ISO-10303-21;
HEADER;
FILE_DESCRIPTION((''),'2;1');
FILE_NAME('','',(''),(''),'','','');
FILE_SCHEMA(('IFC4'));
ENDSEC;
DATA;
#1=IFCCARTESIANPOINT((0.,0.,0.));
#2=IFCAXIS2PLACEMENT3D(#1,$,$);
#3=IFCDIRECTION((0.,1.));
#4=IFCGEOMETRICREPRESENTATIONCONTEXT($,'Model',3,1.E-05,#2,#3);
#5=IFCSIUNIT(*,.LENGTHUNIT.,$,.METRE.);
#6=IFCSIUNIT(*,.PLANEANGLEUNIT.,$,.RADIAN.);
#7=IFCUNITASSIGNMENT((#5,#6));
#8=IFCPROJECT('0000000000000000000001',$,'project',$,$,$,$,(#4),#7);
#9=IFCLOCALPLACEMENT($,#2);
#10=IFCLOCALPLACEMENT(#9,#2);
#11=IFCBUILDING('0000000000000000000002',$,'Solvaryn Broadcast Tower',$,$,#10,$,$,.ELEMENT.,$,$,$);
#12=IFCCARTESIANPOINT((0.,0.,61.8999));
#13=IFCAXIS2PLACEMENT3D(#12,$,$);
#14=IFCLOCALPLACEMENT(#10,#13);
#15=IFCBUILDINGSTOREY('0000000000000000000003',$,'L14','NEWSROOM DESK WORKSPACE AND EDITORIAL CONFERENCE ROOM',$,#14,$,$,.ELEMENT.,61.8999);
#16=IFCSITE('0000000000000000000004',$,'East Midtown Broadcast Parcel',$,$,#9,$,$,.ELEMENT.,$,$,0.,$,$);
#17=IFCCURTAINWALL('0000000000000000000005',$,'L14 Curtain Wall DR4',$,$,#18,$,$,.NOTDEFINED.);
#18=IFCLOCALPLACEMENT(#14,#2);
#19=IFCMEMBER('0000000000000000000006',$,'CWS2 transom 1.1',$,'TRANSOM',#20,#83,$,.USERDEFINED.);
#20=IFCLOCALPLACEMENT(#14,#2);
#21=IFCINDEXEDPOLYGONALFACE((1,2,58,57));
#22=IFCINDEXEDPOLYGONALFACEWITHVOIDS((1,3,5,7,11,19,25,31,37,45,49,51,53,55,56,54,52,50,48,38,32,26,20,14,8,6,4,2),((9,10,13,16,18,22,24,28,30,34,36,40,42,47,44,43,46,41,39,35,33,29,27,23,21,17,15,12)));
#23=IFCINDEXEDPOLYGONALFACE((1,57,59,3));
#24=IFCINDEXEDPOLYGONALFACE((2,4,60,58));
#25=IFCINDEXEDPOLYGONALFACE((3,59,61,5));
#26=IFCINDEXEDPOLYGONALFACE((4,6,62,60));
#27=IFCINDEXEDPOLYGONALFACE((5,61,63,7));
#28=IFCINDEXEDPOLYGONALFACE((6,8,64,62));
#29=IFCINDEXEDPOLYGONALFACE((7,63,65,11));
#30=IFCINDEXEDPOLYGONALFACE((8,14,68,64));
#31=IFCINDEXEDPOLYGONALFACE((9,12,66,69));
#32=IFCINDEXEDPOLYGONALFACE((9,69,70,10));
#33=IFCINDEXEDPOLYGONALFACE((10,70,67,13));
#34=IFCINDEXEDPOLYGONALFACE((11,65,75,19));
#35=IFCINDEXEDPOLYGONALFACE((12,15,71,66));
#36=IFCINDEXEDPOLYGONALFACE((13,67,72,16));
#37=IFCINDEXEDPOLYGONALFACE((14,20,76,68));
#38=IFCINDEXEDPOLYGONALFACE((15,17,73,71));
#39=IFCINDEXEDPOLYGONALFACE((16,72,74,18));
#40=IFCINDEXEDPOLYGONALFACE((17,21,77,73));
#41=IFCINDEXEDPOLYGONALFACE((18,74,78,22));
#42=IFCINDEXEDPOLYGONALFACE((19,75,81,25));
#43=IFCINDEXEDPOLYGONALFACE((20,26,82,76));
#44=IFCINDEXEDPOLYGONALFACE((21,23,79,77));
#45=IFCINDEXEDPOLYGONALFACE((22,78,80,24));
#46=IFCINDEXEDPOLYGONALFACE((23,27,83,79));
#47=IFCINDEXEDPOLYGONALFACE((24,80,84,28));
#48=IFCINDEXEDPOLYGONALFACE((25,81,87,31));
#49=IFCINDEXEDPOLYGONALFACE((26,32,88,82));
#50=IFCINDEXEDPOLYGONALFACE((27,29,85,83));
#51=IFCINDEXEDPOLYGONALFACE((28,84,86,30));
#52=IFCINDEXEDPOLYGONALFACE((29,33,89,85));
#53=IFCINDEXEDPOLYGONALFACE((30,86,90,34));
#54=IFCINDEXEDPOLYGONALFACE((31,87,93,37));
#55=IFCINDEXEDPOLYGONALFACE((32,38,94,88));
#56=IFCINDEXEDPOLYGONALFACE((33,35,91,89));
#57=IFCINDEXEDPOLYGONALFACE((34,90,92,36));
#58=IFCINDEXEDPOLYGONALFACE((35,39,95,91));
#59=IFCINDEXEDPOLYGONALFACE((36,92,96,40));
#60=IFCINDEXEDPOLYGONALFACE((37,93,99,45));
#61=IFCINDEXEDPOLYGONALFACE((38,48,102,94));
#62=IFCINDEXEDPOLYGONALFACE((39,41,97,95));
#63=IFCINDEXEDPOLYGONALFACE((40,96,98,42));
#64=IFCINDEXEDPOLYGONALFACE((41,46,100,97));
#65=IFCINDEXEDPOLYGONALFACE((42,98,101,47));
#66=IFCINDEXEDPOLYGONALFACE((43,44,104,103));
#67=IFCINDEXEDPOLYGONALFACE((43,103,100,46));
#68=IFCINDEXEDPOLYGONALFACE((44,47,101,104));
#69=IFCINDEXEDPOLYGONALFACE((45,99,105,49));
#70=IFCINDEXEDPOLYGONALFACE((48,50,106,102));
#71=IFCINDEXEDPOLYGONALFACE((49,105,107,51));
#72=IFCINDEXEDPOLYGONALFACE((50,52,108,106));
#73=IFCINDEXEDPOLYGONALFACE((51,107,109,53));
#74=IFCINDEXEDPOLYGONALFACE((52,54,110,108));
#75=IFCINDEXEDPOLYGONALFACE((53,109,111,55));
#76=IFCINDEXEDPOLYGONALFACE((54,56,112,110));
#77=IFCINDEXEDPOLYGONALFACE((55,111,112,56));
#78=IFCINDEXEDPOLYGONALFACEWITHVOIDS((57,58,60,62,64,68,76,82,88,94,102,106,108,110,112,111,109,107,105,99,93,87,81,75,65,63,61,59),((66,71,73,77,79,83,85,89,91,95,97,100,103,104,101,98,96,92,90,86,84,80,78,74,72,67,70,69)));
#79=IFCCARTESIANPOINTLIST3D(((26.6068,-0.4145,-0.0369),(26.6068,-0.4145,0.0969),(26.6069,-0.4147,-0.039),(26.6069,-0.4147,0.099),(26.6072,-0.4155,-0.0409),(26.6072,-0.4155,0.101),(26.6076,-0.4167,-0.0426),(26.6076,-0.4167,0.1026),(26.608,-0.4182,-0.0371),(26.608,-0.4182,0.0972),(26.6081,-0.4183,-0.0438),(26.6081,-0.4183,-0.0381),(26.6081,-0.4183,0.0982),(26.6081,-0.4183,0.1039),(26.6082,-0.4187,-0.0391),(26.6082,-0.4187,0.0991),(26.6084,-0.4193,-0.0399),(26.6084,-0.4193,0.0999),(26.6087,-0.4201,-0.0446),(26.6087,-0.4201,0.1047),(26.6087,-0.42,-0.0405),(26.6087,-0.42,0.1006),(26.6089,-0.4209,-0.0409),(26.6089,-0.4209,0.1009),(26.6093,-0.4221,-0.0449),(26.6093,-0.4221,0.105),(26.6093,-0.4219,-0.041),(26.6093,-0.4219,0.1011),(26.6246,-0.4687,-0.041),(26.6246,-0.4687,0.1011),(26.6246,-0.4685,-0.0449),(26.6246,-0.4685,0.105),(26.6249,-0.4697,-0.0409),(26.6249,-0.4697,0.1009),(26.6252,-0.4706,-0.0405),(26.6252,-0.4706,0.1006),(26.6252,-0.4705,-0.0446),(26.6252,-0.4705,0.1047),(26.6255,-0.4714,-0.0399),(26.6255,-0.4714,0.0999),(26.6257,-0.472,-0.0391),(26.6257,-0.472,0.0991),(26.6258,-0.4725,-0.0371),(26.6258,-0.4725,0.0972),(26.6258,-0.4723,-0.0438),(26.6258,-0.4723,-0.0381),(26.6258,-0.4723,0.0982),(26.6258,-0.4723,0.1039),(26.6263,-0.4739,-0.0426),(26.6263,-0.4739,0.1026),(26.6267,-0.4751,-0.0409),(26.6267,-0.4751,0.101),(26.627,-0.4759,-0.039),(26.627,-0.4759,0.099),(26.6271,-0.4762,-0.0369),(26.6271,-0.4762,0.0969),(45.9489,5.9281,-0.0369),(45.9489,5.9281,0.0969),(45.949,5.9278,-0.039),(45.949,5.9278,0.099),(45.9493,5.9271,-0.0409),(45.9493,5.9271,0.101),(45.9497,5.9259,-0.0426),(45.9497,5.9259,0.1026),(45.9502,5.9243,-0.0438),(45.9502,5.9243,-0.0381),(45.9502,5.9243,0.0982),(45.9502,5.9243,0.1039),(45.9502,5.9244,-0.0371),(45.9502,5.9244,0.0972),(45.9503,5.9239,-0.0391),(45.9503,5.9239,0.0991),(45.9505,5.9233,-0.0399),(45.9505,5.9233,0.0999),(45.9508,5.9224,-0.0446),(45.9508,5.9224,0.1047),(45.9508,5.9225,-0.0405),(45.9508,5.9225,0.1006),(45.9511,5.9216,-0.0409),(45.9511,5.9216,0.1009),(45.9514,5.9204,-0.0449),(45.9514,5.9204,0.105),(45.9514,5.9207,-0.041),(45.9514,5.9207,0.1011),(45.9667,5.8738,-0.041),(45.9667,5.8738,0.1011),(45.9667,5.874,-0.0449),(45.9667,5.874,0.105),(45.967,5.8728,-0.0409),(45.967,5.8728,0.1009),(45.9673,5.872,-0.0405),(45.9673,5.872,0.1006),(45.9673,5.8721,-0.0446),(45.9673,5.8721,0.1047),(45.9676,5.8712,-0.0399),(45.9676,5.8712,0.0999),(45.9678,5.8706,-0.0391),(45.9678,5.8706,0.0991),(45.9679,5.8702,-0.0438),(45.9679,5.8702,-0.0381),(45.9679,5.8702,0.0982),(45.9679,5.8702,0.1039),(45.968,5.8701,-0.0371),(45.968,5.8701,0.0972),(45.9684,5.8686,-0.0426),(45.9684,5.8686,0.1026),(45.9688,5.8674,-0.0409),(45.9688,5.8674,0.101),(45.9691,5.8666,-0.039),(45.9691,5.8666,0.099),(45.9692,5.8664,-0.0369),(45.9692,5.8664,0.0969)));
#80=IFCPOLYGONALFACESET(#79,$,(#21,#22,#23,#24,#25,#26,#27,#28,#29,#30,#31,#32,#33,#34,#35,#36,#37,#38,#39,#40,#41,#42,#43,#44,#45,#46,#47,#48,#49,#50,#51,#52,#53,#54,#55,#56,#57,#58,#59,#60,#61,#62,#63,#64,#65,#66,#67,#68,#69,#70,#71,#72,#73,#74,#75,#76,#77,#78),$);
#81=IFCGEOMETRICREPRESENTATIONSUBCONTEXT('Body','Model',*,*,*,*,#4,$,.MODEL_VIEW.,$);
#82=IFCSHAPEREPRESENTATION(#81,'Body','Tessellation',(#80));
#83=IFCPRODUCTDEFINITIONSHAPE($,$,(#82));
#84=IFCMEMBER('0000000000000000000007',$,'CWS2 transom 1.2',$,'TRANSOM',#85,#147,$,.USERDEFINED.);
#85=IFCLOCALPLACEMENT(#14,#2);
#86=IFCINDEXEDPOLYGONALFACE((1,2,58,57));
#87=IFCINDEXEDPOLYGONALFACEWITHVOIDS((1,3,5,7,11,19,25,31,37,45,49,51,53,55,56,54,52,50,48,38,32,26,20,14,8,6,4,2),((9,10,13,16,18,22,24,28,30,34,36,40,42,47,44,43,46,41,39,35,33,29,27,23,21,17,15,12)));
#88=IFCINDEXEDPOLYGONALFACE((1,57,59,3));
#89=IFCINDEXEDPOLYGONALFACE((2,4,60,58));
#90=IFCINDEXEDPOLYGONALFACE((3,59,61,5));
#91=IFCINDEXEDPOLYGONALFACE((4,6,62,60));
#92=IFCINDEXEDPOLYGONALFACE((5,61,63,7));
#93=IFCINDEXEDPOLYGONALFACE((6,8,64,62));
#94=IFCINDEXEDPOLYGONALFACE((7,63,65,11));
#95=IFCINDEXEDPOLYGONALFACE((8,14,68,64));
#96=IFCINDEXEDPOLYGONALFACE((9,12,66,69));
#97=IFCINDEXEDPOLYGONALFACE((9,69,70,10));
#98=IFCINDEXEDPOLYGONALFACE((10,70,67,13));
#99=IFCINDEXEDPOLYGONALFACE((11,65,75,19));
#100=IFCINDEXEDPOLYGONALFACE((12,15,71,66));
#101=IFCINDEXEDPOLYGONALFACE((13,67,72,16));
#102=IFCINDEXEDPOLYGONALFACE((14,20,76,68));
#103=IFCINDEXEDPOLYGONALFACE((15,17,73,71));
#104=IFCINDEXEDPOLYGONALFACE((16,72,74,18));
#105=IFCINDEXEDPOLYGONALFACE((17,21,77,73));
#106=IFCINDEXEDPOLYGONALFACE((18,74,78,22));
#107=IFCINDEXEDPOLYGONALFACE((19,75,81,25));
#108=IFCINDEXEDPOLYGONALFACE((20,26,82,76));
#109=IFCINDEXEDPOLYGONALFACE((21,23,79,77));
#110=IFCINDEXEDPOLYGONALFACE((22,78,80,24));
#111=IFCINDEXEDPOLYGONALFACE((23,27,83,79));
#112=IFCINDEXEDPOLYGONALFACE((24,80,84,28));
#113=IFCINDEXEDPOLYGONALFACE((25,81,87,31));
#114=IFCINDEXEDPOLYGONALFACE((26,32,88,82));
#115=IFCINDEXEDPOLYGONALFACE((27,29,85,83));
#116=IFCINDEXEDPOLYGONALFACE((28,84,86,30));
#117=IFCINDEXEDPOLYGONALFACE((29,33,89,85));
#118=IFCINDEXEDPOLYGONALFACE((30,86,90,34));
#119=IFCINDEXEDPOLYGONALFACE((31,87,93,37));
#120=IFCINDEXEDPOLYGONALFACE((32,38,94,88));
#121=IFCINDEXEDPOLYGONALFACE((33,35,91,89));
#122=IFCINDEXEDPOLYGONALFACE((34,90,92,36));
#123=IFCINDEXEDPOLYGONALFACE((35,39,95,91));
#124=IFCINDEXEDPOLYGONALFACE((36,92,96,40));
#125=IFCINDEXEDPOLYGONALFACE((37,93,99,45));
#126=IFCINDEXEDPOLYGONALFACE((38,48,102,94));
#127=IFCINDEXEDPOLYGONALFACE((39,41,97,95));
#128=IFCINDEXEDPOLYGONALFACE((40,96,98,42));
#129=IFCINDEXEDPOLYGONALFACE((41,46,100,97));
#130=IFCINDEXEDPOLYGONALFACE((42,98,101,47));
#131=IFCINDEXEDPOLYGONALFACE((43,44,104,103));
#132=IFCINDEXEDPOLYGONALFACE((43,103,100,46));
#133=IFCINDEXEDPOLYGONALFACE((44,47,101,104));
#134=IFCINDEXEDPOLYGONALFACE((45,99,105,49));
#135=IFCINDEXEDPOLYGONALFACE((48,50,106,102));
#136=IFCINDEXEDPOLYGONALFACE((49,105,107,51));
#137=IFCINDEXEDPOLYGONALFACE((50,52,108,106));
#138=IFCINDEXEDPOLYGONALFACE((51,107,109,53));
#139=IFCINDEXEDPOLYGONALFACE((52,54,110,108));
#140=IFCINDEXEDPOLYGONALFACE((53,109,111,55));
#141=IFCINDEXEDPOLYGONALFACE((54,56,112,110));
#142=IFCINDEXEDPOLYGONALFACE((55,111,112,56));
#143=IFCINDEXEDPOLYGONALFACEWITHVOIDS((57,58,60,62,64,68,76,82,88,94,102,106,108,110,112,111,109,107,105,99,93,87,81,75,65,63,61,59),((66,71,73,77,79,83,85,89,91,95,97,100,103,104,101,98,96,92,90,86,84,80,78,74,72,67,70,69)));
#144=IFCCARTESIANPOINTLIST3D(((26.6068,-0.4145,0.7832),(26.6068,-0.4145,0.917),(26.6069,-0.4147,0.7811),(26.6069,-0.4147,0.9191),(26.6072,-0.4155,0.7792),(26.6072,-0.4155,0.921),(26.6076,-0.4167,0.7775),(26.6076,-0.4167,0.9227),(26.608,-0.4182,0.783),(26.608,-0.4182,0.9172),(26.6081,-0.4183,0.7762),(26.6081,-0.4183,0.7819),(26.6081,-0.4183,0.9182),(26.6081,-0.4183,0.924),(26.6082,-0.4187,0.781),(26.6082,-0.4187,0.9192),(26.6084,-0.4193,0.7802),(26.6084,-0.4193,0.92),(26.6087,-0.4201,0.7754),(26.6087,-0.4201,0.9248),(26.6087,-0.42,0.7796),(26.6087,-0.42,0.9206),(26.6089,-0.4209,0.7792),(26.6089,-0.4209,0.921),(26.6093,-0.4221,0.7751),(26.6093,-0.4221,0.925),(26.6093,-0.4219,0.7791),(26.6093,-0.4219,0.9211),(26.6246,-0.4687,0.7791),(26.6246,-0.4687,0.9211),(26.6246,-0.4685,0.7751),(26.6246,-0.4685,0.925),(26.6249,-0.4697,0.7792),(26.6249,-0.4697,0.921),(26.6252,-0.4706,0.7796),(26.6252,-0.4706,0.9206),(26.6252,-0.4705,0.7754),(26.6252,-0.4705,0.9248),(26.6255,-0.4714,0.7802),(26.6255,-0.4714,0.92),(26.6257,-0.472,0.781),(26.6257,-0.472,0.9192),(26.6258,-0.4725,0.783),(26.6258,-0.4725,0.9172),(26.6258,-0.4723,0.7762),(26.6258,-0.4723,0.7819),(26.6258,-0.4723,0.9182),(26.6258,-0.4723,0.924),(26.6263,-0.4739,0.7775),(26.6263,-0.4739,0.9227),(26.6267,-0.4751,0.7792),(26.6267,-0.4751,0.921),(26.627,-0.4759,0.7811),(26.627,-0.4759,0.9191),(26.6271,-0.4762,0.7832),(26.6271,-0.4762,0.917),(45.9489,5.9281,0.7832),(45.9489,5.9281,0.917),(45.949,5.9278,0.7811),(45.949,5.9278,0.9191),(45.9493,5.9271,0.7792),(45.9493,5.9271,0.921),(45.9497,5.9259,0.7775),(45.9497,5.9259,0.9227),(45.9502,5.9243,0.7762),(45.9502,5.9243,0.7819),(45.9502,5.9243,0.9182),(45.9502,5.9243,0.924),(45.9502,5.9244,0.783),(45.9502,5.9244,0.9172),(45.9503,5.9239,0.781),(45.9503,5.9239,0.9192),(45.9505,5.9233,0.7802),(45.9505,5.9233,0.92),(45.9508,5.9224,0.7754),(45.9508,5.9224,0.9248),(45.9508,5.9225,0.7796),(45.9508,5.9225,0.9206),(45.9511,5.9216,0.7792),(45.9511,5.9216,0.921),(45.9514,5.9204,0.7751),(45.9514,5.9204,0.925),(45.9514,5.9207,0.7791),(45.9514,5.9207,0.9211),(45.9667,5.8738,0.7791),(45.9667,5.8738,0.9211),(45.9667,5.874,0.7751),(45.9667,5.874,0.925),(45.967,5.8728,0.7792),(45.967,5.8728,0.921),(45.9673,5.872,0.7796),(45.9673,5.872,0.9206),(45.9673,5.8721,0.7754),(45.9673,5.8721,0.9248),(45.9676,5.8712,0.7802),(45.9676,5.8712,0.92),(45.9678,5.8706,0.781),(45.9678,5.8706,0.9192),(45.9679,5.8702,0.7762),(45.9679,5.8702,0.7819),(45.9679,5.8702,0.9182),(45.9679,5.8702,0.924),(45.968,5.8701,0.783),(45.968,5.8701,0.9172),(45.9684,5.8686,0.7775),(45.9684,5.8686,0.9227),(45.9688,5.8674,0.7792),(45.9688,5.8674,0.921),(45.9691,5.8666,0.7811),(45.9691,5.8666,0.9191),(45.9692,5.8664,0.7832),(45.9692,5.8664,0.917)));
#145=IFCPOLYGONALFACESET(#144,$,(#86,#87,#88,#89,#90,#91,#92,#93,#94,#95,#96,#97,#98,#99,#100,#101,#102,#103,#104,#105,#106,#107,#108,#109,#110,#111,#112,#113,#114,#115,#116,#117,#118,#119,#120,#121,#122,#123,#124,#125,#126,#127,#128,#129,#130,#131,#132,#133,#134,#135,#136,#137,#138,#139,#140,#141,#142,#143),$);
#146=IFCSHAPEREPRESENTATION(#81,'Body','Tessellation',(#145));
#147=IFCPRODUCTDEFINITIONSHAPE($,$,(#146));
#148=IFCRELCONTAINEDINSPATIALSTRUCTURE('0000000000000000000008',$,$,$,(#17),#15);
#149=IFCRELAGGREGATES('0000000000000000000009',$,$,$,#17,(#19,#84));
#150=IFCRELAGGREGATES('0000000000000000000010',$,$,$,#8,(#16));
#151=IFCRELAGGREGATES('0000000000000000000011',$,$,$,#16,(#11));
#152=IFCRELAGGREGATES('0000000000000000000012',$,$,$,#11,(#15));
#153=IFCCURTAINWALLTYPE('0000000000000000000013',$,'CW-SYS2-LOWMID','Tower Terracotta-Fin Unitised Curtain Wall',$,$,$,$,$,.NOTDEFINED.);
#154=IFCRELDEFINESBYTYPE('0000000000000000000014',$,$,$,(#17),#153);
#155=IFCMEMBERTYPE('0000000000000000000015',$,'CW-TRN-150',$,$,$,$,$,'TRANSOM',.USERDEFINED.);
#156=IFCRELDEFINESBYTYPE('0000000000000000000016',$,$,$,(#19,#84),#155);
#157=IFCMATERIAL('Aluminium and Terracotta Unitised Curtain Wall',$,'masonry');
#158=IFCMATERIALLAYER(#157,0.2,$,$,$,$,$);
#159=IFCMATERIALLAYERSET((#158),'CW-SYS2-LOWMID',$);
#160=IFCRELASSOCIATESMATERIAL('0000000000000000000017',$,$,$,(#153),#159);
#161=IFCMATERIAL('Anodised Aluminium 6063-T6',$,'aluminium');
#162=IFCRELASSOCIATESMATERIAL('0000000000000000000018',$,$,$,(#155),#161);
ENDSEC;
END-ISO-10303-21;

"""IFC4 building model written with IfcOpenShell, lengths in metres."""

from ifc_helpers import new_model, si_unit, direction, frame, origin, origin_2d, place, context, subcontext, project, spatial, hollow_rectangle, extrude, material, layer, layer_set, material_profile, profile_set, type_object, element, aggregate, save


model = new_model("IFC4")

# Units and contexts
model_context = context("Model", 3, precision=1e-05, world=origin(), true_north=direction((0.0, 1.0)))
body_context = subcontext(model_context, "Body", "Model", "MODEL_VIEW")
ifc_project = project(units=[si_unit("LENGTHUNIT", "METRE"), si_unit("PLANEANGLEUNIT", "RADIAN")], contexts=[model_context])

# Site, building, storey
site_placement = place(None, origin())
site = spatial("IfcSite", under=ifc_project, at=site_placement, Name="East Midtown Broadcast Parcel", CompositionType="ELEMENT", RefElevation=0.0)
building_placement = place(site_placement, origin())
building = spatial("IfcBuilding", under=site, at=building_placement, Name="Solvaryn Broadcast Tower", CompositionType="ELEMENT")
storey_placement = place(building_placement, frame((0.0, 0.0, 61.8999)))
storey = spatial("IfcBuildingStorey", under=building, at=storey_placement, Name="L14", Description="NEWSROOM DESK WORKSPACE AND EDITORIAL CONFERENCE ROOM", CompositionType="ELEMENT", Elevation=61.8999)

# Shared definitions
ifc_material_1 = material(Name="Aluminium and Terracotta Unitised Curtain Wall", Category="masonry")
ifc_layer_1 = layer(ifc_material_1, 0.2)
ifc_layer_set_1 = layer_set([ifc_layer_1], Name="CW-SYS2-LOWMID")
curtain_wall_type = type_object("IfcCurtainWallType", Name="CW-SYS2-LOWMID", Description="Tower Terracotta-Fin Unitised Curtain Wall", PredefinedType="NOTDEFINED", material=ifc_layer_set_1)

# Curtain wall, members
curtain_wall_1_placement = place(storey_placement, origin())
curtain_wall_1 = element("IfcCurtainWall", 1, at=curtain_wall_1_placement, inside=storey, type_object=curtain_wall_type, Name="L14 Curtain Wall DR4", PredefinedType="NOTDEFINED")
ifc_material_2 = material(Name="Anodised Aluminium 6063-T6", Category="aluminium")
ifc_material_profile_1 = material_profile(ifc_material_2, hollow_rectangle(XDim=0.0649, YDim=0.1499, WallThickness=0.0039, InnerFilletRadius=0.0039, OuterFilletRadius=0.0081, at=origin_2d()))
ifc_profile_set_1 = profile_set([ifc_material_profile_1], Name="Anodised Aluminium 6063-T6")
member_type_1 = type_object("IfcMemberType", Name="CW-TRN-150", ElementType="TRANSOM", PredefinedType="USERDEFINED", material=ifc_profile_set_1)
member_1_placement = place(storey_placement, frame((26.6169, -0.4453, 0.03), z_axis=(0.950217, 0.31159, 0.0), x_axis=(-0.31159, 0.950217, 0.0)))
member_1 = element("IfcMember", 2, at=member_1_placement, type_object=member_type_1, Name="CWS2 transom 1.1", ObjectType="TRANSOM", PredefinedType="USERDEFINED", context=body_context, shape_type="SweptSolid", body=[
    extrude(hollow_rectangle(XDim=0.0649, YDim=0.1499, WallThickness=0.0039, InnerFilletRadius=0.0039, OuterFilletRadius=0.0081, at=origin_2d()), origin(), (0.0, 0.0, 1.0), 20.3555),
])
member_2_placement = place(storey_placement, frame((26.6169, -0.4453, 0.8501), z_axis=(0.950217, 0.31159, 0.0), x_axis=(-0.31159, 0.950217, 0.0)))
member_2 = element("IfcMember", 3, at=member_2_placement, type_object=member_type_1, Name="CWS2 transom 1.2", ObjectType="TRANSOM", PredefinedType="USERDEFINED", context=body_context, shape_type="SweptSolid", body=[
    extrude(hollow_rectangle(XDim=0.0649, YDim=0.1499, WallThickness=0.0039, InnerFilletRadius=0.0039, OuterFilletRadius=0.0081, at=origin_2d()), origin(), (0.0, 0.0, 1.0), 20.3555),
])
aggregate(curtain_wall_1, [member_1, member_2])

save(model, "model.ifc")
